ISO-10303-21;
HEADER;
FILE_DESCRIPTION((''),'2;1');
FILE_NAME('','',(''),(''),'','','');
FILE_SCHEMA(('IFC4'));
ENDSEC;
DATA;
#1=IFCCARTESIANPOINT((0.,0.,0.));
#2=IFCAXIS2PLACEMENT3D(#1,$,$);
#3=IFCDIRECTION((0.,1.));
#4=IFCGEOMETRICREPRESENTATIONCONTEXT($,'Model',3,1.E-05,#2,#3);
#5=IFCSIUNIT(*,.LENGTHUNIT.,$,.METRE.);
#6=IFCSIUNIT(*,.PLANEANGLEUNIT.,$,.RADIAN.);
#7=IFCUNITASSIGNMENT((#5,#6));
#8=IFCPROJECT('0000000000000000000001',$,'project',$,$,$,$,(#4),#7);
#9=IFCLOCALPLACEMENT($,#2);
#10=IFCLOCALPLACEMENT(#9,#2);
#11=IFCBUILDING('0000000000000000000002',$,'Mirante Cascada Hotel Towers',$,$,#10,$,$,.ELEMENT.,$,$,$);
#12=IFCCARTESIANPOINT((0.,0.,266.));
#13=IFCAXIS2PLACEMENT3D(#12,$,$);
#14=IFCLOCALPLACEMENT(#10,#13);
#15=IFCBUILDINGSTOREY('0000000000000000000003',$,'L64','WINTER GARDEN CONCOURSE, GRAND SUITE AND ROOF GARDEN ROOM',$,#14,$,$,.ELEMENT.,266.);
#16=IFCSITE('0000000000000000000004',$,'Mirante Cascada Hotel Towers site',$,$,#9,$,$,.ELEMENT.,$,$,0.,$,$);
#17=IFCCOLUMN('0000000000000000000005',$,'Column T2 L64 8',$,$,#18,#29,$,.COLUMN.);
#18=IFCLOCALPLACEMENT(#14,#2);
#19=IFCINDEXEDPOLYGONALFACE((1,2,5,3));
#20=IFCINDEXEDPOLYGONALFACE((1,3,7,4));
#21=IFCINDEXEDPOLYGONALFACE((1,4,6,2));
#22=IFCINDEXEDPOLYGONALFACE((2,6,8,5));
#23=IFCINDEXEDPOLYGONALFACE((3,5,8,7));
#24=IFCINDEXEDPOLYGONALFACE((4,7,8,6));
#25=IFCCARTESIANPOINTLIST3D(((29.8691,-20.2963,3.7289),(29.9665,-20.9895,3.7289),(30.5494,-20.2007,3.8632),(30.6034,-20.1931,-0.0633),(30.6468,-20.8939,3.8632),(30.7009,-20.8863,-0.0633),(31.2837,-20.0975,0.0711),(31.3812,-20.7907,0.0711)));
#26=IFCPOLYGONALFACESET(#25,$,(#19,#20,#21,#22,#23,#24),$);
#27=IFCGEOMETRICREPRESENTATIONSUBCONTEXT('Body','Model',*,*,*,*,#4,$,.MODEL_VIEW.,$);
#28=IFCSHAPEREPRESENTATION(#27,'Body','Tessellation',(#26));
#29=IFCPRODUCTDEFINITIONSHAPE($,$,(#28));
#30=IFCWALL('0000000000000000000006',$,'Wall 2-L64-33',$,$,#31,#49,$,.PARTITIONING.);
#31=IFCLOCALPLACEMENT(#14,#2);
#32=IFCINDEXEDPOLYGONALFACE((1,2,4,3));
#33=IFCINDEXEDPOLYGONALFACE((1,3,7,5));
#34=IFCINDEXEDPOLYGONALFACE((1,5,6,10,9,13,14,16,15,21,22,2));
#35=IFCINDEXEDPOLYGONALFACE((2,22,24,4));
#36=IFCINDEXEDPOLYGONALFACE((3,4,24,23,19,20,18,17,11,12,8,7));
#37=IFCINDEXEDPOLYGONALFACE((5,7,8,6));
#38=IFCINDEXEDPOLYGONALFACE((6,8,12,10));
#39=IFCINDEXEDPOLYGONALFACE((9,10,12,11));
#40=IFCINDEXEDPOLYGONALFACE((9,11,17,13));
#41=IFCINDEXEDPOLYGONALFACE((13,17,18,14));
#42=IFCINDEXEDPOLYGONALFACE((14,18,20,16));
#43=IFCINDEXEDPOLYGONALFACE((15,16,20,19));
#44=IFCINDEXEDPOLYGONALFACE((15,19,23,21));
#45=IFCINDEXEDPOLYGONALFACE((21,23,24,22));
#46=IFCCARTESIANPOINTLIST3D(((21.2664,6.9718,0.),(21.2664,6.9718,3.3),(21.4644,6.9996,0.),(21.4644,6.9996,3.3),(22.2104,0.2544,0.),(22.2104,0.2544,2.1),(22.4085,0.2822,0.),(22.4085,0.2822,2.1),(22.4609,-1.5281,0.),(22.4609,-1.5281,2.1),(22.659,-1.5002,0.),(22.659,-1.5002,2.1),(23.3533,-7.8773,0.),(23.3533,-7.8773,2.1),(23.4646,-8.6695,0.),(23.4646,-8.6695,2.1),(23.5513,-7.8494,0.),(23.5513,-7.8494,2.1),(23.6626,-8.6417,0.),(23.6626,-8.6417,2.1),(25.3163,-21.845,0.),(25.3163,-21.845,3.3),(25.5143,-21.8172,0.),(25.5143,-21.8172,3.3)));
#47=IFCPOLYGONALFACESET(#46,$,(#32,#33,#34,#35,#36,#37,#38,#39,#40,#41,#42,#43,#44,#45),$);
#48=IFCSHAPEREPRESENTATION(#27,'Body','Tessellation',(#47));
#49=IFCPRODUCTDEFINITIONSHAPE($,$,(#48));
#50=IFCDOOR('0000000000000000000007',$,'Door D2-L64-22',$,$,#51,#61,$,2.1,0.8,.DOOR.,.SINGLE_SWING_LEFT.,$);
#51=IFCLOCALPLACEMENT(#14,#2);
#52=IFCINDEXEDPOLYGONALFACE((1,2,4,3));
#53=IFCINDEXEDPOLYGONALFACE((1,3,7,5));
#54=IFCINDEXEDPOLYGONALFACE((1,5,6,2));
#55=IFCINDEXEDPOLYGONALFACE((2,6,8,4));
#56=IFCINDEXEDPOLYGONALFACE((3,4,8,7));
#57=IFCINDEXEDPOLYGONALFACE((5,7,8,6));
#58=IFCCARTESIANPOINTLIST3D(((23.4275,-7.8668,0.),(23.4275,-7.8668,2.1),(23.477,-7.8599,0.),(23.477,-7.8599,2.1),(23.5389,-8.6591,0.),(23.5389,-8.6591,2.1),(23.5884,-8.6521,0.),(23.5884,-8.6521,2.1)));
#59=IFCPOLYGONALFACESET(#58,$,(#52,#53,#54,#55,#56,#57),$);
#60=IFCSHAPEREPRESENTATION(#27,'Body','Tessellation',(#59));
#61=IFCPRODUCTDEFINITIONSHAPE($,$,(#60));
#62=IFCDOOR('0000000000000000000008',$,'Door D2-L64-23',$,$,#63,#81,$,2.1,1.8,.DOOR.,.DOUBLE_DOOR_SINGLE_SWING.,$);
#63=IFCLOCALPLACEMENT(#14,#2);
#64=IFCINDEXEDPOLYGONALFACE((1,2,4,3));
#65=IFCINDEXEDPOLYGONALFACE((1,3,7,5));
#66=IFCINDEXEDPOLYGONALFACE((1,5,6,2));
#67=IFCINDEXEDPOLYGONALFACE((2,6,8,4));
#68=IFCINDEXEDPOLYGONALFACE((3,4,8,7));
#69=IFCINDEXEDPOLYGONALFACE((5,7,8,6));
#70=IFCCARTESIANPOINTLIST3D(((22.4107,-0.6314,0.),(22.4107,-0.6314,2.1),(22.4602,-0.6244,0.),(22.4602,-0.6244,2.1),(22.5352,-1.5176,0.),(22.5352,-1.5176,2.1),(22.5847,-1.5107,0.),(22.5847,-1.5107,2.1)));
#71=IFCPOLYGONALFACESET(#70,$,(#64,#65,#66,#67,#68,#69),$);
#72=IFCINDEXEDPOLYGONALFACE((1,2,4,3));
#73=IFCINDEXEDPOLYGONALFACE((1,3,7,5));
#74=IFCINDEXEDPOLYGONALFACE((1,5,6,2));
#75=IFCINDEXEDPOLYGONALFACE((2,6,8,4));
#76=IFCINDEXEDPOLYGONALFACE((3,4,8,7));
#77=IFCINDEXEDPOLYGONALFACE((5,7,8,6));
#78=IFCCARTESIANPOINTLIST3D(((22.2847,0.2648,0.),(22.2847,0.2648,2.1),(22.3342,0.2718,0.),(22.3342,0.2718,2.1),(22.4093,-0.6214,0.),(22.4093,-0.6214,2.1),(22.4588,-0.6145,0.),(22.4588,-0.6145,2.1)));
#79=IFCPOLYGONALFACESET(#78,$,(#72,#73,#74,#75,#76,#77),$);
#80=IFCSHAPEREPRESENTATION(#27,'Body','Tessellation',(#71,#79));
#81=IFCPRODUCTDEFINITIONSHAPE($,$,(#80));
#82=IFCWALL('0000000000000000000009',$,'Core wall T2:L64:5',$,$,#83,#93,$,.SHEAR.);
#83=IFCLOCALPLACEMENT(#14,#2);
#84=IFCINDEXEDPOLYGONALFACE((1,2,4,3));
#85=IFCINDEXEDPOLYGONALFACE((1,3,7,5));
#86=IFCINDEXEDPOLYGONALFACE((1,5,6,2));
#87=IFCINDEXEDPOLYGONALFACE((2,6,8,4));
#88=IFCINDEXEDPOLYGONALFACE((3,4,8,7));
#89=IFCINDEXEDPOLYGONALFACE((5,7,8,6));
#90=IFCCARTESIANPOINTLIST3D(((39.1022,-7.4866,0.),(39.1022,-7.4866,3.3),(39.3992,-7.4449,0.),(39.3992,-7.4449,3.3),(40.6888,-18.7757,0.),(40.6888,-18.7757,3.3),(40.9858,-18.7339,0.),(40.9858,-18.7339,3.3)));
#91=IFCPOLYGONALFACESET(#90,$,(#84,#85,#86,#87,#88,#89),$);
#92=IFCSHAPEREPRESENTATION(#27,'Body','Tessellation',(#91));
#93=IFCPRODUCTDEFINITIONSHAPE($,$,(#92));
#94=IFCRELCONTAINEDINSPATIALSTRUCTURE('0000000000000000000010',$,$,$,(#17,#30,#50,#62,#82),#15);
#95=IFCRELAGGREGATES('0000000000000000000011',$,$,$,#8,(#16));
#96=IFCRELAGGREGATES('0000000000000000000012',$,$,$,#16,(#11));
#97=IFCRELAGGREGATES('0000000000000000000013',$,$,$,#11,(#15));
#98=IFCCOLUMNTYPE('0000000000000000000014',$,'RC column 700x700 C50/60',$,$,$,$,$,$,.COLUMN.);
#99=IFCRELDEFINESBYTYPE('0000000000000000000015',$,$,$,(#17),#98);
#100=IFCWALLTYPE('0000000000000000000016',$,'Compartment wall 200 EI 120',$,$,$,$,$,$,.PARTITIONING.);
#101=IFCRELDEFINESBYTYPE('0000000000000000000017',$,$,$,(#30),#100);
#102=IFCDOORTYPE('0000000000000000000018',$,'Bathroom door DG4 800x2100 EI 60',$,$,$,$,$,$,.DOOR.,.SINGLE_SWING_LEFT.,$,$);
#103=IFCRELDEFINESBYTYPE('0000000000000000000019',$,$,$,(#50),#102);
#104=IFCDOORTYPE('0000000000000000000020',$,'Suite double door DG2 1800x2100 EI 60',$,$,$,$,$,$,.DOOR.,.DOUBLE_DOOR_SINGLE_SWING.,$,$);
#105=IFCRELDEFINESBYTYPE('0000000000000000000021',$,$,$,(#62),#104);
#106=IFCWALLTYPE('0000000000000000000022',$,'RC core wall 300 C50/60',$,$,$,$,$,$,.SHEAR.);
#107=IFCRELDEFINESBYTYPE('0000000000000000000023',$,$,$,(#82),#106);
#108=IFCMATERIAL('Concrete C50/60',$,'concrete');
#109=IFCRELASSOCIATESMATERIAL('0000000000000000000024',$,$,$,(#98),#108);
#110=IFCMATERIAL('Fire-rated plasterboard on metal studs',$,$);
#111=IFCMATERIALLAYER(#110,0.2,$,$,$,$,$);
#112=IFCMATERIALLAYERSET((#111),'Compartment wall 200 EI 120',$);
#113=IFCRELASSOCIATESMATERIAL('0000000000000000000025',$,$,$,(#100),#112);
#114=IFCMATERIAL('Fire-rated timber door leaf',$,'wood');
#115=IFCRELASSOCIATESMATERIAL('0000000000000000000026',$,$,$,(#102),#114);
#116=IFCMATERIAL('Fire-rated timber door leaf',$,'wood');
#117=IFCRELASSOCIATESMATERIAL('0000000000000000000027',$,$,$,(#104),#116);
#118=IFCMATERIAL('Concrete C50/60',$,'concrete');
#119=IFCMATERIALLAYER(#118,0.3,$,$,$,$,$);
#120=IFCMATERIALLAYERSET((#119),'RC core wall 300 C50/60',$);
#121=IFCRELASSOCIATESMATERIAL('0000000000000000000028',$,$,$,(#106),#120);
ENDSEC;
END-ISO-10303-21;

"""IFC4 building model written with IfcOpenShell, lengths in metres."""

from ifc_helpers import new_model, si_unit, direction, frame, frame_2d, origin, origin_2d, place, context, subcontext, project, spatial, rectangle, extrude, material, layer, layer_set, material_profile, profile_set, type_object, element, fill, save


model = new_model("IFC4")

# Units and contexts
model_context = context("Model", 3, precision=1e-05, world=origin(), true_north=direction((0.0, 1.0)))
body_context = subcontext(model_context, "Body", "Model", "MODEL_VIEW")
ifc_project = project(units=[si_unit("LENGTHUNIT", "METRE"), si_unit("PLANEANGLEUNIT", "RADIAN")], contexts=[model_context])

# Site, building, storey
site_placement = place(None, origin())
site = spatial("IfcSite", under=ifc_project, at=site_placement, Name="Mirante Cascada Hotel Towers site", CompositionType="ELEMENT", RefElevation=0.0)
building_placement = place(site_placement, origin())
building = spatial("IfcBuilding", under=site, at=building_placement, Name="Mirante Cascada Hotel Towers", CompositionType="ELEMENT")
storey_placement = place(building_placement, frame((0.0, 0.0, 266.0)))
storey = spatial("IfcBuildingStorey", under=building, at=storey_placement, Name="L64", Description="WINTER GARDEN CONCOURSE, GRAND SUITE AND ROOF GARDEN ROOM", CompositionType="ELEMENT", Elevation=266.0)

# Column
ifc_material_1 = material(Name="Concrete C50/60", Category="concrete")
ifc_material_profile = material_profile(ifc_material_1, rectangle(XDim=0.7, YDim=0.7, at=origin_2d()), Name="RC column 700x700 C50/60")
ifc_profile_set = profile_set([ifc_material_profile], Name="Concrete C50/60")
column_type = type_object("IfcColumnType", Name="RC column 700x700 C50/60", PredefinedType="COLUMN", material=ifc_profile_set)
column_placement = place(storey_placement, frame((30.9923, -20.4919, 0.0039), z_axis=(-0.19006, -0.026708, 0.981409), x_axis=(0.139156, -0.990271, 0.0)))
element("IfcColumn", 1, at=column_placement, inside=storey, type_object=column_type, Name="Column T2 L64 8", PredefinedType="COLUMN", context=body_context, shape_type="SweptSolid", body=[
    extrude(rectangle(XDim=0.7, YDim=0.7, at=origin_2d()), origin(), (0.0, 0.0, 1.0), 3.864),
])

# Wall, openings, doors
ifc_material_2 = material(Name="Fire-rated plasterboard on metal studs")
ifc_layer_1 = layer(ifc_material_2, 0.2)
ifc_layer_set_1 = layer_set([ifc_layer_1], Name="Compartment wall 200 EI 120")
wall_type_1 = type_object("IfcWallType", Name="Compartment wall 200 EI 120", PredefinedType="PARTITIONING", material=ifc_layer_set_1)
wall_1_placement = place(storey_placement, frame((25.4153, -21.8311, 0.0), z_axis=(0.0, 0.0, 1.0), x_axis=(-0.139172, 0.990268, 0.0)))
wall_1 = element("IfcWall", 2, at=wall_1_placement, inside=storey, type_object=wall_type_1, Name="Wall 2-L64-33", PredefinedType="PARTITIONING", context=body_context, shape_type="SweptSolid", body=[
    extrude(rectangle(XDim=29.1, YDim=0.2, at=frame_2d((14.55, 0.0))), origin(), (0.0, 0.0, 1.0), 3.3),
])
opening_1_placement = place(wall_1_placement, frame((13.305, 0.0, 0.0)))
opening_1 = element("IfcOpeningElement", 3, at=opening_1_placement, cuts=wall_1, PredefinedType="OPENING", context=body_context, shape_type="SweptSolid", body=[
    extrude(rectangle(XDim=0.8, YDim=2.1, at=frame_2d((0.4, 1.05))), frame((0.0, 0.1, 0.0), z_axis=(0.0, -1.0, 0.0), x_axis=(1.0, 0.0, 0.0)), (0.0, 0.0, 1.0), 0.2),
])
opening_2_placement = place(wall_1_placement, frame((20.5166, 0.0, 0.0)))
opening_2 = element("IfcOpeningElement", 4, at=opening_2_placement, cuts=wall_1, PredefinedType="OPENING", context=body_context, shape_type="SweptSolid", body=[
    extrude(rectangle(XDim=1.8, YDim=2.1, at=frame_2d((0.9, 1.05))), frame((0.0, 0.1, 0.0), z_axis=(0.0, -1.0, 0.0), x_axis=(1.0, 0.0, 0.0)), (0.0, 0.0, 1.0), 0.2),
])
ifc_material_3 = material(Name="Fire-rated timber door leaf", Category="wood")
door_type_1 = type_object("IfcDoorType", Name="Bathroom door DG4 800x2100 EI 60", OperationType="SINGLE_SWING_LEFT", PredefinedType="DOOR", material=ifc_material_3)
door_1_placement = place(opening_1_placement, origin())
door_1 = element("IfcDoor", 5, at=door_1_placement, inside=storey, type_object=door_type_1, Name="Door D2-L64-22", OperationType="SINGLE_SWING_LEFT", OverallHeight=2.1, OverallWidth=0.8, PredefinedType="DOOR", context=body_context, shape_type="SweptSolid", body=[
    extrude(rectangle(XDim=0.8, YDim=2.1, at=frame_2d((0.4, 1.05))), frame((0.0, 0.025, 0.0), z_axis=(0.0, -1.0, 0.0), x_axis=(1.0, 0.0, 0.0)), (0.0, 0.0, 1.0), 0.05),
])
fill(opening_1, door_1)
ifc_material_4 = material(Name="Fire-rated timber door leaf", Category="wood")
door_type_2 = type_object("IfcDoorType", Name="Suite double door DG2 1800x2100 EI 60", OperationType="DOUBLE_DOOR_SINGLE_SWING", PredefinedType="DOOR", material=ifc_material_4)
door_2_placement = place(opening_2_placement, origin())
door_2 = element("IfcDoor", 6, at=door_2_placement, inside=storey, type_object=door_type_2, Name="Door D2-L64-23", OperationType="DOUBLE_DOOR_SINGLE_SWING", OverallHeight=2.1, OverallWidth=1.8, PredefinedType="DOOR", context=body_context, shape_type="SweptSolid", body=[
    extrude(rectangle(XDim=0.895, YDim=2.1, at=frame_2d((0.4475, 1.05))), frame((0.0, 0.025, 0.0), z_axis=(0.0, -1.0, 0.0), x_axis=(1.0, 0.0, 0.0)), (0.0, 0.0, 1.0), 0.05),
    extrude(rectangle(XDim=0.895, YDim=2.1, at=frame_2d((1.3525, 1.05))), frame((0.0, 0.025, 0.0), z_axis=(0.0, -1.0, 0.0), x_axis=(1.0, 0.0, 0.0)), (0.0, 0.0, 1.0), 0.05),
])
fill(opening_2, door_2)

# Wall
ifc_material_5 = material(Name="Concrete C50/60", Category="concrete")
ifc_layer_2 = layer(ifc_material_5, 0.3)
ifc_layer_set_2 = layer_set([ifc_layer_2], Name="RC core wall 300 C50/60")
wall_type_2 = type_object("IfcWallType", Name="RC core wall 300 C50/60", PredefinedType="SHEAR", material=ifc_layer_set_2)
wall_2_placement = place(storey_placement, frame((40.8373, -18.7548, 0.0), z_axis=(0.0, 0.0, 1.0), x_axis=(-0.139175, 0.990268, 0.0)))
element("IfcWall", 7, at=wall_2_placement, inside=storey, type_object=wall_type_2, Name="Core wall T2:L64:5", PredefinedType="SHEAR", context=body_context, shape_type="SweptSolid", body=[
    extrude(rectangle(XDim=11.4, YDim=0.3, at=frame_2d((5.7, 0.0))), origin(), (0.0, 0.0, 1.0), 3.3),
])

save(model, "model.ifc")
